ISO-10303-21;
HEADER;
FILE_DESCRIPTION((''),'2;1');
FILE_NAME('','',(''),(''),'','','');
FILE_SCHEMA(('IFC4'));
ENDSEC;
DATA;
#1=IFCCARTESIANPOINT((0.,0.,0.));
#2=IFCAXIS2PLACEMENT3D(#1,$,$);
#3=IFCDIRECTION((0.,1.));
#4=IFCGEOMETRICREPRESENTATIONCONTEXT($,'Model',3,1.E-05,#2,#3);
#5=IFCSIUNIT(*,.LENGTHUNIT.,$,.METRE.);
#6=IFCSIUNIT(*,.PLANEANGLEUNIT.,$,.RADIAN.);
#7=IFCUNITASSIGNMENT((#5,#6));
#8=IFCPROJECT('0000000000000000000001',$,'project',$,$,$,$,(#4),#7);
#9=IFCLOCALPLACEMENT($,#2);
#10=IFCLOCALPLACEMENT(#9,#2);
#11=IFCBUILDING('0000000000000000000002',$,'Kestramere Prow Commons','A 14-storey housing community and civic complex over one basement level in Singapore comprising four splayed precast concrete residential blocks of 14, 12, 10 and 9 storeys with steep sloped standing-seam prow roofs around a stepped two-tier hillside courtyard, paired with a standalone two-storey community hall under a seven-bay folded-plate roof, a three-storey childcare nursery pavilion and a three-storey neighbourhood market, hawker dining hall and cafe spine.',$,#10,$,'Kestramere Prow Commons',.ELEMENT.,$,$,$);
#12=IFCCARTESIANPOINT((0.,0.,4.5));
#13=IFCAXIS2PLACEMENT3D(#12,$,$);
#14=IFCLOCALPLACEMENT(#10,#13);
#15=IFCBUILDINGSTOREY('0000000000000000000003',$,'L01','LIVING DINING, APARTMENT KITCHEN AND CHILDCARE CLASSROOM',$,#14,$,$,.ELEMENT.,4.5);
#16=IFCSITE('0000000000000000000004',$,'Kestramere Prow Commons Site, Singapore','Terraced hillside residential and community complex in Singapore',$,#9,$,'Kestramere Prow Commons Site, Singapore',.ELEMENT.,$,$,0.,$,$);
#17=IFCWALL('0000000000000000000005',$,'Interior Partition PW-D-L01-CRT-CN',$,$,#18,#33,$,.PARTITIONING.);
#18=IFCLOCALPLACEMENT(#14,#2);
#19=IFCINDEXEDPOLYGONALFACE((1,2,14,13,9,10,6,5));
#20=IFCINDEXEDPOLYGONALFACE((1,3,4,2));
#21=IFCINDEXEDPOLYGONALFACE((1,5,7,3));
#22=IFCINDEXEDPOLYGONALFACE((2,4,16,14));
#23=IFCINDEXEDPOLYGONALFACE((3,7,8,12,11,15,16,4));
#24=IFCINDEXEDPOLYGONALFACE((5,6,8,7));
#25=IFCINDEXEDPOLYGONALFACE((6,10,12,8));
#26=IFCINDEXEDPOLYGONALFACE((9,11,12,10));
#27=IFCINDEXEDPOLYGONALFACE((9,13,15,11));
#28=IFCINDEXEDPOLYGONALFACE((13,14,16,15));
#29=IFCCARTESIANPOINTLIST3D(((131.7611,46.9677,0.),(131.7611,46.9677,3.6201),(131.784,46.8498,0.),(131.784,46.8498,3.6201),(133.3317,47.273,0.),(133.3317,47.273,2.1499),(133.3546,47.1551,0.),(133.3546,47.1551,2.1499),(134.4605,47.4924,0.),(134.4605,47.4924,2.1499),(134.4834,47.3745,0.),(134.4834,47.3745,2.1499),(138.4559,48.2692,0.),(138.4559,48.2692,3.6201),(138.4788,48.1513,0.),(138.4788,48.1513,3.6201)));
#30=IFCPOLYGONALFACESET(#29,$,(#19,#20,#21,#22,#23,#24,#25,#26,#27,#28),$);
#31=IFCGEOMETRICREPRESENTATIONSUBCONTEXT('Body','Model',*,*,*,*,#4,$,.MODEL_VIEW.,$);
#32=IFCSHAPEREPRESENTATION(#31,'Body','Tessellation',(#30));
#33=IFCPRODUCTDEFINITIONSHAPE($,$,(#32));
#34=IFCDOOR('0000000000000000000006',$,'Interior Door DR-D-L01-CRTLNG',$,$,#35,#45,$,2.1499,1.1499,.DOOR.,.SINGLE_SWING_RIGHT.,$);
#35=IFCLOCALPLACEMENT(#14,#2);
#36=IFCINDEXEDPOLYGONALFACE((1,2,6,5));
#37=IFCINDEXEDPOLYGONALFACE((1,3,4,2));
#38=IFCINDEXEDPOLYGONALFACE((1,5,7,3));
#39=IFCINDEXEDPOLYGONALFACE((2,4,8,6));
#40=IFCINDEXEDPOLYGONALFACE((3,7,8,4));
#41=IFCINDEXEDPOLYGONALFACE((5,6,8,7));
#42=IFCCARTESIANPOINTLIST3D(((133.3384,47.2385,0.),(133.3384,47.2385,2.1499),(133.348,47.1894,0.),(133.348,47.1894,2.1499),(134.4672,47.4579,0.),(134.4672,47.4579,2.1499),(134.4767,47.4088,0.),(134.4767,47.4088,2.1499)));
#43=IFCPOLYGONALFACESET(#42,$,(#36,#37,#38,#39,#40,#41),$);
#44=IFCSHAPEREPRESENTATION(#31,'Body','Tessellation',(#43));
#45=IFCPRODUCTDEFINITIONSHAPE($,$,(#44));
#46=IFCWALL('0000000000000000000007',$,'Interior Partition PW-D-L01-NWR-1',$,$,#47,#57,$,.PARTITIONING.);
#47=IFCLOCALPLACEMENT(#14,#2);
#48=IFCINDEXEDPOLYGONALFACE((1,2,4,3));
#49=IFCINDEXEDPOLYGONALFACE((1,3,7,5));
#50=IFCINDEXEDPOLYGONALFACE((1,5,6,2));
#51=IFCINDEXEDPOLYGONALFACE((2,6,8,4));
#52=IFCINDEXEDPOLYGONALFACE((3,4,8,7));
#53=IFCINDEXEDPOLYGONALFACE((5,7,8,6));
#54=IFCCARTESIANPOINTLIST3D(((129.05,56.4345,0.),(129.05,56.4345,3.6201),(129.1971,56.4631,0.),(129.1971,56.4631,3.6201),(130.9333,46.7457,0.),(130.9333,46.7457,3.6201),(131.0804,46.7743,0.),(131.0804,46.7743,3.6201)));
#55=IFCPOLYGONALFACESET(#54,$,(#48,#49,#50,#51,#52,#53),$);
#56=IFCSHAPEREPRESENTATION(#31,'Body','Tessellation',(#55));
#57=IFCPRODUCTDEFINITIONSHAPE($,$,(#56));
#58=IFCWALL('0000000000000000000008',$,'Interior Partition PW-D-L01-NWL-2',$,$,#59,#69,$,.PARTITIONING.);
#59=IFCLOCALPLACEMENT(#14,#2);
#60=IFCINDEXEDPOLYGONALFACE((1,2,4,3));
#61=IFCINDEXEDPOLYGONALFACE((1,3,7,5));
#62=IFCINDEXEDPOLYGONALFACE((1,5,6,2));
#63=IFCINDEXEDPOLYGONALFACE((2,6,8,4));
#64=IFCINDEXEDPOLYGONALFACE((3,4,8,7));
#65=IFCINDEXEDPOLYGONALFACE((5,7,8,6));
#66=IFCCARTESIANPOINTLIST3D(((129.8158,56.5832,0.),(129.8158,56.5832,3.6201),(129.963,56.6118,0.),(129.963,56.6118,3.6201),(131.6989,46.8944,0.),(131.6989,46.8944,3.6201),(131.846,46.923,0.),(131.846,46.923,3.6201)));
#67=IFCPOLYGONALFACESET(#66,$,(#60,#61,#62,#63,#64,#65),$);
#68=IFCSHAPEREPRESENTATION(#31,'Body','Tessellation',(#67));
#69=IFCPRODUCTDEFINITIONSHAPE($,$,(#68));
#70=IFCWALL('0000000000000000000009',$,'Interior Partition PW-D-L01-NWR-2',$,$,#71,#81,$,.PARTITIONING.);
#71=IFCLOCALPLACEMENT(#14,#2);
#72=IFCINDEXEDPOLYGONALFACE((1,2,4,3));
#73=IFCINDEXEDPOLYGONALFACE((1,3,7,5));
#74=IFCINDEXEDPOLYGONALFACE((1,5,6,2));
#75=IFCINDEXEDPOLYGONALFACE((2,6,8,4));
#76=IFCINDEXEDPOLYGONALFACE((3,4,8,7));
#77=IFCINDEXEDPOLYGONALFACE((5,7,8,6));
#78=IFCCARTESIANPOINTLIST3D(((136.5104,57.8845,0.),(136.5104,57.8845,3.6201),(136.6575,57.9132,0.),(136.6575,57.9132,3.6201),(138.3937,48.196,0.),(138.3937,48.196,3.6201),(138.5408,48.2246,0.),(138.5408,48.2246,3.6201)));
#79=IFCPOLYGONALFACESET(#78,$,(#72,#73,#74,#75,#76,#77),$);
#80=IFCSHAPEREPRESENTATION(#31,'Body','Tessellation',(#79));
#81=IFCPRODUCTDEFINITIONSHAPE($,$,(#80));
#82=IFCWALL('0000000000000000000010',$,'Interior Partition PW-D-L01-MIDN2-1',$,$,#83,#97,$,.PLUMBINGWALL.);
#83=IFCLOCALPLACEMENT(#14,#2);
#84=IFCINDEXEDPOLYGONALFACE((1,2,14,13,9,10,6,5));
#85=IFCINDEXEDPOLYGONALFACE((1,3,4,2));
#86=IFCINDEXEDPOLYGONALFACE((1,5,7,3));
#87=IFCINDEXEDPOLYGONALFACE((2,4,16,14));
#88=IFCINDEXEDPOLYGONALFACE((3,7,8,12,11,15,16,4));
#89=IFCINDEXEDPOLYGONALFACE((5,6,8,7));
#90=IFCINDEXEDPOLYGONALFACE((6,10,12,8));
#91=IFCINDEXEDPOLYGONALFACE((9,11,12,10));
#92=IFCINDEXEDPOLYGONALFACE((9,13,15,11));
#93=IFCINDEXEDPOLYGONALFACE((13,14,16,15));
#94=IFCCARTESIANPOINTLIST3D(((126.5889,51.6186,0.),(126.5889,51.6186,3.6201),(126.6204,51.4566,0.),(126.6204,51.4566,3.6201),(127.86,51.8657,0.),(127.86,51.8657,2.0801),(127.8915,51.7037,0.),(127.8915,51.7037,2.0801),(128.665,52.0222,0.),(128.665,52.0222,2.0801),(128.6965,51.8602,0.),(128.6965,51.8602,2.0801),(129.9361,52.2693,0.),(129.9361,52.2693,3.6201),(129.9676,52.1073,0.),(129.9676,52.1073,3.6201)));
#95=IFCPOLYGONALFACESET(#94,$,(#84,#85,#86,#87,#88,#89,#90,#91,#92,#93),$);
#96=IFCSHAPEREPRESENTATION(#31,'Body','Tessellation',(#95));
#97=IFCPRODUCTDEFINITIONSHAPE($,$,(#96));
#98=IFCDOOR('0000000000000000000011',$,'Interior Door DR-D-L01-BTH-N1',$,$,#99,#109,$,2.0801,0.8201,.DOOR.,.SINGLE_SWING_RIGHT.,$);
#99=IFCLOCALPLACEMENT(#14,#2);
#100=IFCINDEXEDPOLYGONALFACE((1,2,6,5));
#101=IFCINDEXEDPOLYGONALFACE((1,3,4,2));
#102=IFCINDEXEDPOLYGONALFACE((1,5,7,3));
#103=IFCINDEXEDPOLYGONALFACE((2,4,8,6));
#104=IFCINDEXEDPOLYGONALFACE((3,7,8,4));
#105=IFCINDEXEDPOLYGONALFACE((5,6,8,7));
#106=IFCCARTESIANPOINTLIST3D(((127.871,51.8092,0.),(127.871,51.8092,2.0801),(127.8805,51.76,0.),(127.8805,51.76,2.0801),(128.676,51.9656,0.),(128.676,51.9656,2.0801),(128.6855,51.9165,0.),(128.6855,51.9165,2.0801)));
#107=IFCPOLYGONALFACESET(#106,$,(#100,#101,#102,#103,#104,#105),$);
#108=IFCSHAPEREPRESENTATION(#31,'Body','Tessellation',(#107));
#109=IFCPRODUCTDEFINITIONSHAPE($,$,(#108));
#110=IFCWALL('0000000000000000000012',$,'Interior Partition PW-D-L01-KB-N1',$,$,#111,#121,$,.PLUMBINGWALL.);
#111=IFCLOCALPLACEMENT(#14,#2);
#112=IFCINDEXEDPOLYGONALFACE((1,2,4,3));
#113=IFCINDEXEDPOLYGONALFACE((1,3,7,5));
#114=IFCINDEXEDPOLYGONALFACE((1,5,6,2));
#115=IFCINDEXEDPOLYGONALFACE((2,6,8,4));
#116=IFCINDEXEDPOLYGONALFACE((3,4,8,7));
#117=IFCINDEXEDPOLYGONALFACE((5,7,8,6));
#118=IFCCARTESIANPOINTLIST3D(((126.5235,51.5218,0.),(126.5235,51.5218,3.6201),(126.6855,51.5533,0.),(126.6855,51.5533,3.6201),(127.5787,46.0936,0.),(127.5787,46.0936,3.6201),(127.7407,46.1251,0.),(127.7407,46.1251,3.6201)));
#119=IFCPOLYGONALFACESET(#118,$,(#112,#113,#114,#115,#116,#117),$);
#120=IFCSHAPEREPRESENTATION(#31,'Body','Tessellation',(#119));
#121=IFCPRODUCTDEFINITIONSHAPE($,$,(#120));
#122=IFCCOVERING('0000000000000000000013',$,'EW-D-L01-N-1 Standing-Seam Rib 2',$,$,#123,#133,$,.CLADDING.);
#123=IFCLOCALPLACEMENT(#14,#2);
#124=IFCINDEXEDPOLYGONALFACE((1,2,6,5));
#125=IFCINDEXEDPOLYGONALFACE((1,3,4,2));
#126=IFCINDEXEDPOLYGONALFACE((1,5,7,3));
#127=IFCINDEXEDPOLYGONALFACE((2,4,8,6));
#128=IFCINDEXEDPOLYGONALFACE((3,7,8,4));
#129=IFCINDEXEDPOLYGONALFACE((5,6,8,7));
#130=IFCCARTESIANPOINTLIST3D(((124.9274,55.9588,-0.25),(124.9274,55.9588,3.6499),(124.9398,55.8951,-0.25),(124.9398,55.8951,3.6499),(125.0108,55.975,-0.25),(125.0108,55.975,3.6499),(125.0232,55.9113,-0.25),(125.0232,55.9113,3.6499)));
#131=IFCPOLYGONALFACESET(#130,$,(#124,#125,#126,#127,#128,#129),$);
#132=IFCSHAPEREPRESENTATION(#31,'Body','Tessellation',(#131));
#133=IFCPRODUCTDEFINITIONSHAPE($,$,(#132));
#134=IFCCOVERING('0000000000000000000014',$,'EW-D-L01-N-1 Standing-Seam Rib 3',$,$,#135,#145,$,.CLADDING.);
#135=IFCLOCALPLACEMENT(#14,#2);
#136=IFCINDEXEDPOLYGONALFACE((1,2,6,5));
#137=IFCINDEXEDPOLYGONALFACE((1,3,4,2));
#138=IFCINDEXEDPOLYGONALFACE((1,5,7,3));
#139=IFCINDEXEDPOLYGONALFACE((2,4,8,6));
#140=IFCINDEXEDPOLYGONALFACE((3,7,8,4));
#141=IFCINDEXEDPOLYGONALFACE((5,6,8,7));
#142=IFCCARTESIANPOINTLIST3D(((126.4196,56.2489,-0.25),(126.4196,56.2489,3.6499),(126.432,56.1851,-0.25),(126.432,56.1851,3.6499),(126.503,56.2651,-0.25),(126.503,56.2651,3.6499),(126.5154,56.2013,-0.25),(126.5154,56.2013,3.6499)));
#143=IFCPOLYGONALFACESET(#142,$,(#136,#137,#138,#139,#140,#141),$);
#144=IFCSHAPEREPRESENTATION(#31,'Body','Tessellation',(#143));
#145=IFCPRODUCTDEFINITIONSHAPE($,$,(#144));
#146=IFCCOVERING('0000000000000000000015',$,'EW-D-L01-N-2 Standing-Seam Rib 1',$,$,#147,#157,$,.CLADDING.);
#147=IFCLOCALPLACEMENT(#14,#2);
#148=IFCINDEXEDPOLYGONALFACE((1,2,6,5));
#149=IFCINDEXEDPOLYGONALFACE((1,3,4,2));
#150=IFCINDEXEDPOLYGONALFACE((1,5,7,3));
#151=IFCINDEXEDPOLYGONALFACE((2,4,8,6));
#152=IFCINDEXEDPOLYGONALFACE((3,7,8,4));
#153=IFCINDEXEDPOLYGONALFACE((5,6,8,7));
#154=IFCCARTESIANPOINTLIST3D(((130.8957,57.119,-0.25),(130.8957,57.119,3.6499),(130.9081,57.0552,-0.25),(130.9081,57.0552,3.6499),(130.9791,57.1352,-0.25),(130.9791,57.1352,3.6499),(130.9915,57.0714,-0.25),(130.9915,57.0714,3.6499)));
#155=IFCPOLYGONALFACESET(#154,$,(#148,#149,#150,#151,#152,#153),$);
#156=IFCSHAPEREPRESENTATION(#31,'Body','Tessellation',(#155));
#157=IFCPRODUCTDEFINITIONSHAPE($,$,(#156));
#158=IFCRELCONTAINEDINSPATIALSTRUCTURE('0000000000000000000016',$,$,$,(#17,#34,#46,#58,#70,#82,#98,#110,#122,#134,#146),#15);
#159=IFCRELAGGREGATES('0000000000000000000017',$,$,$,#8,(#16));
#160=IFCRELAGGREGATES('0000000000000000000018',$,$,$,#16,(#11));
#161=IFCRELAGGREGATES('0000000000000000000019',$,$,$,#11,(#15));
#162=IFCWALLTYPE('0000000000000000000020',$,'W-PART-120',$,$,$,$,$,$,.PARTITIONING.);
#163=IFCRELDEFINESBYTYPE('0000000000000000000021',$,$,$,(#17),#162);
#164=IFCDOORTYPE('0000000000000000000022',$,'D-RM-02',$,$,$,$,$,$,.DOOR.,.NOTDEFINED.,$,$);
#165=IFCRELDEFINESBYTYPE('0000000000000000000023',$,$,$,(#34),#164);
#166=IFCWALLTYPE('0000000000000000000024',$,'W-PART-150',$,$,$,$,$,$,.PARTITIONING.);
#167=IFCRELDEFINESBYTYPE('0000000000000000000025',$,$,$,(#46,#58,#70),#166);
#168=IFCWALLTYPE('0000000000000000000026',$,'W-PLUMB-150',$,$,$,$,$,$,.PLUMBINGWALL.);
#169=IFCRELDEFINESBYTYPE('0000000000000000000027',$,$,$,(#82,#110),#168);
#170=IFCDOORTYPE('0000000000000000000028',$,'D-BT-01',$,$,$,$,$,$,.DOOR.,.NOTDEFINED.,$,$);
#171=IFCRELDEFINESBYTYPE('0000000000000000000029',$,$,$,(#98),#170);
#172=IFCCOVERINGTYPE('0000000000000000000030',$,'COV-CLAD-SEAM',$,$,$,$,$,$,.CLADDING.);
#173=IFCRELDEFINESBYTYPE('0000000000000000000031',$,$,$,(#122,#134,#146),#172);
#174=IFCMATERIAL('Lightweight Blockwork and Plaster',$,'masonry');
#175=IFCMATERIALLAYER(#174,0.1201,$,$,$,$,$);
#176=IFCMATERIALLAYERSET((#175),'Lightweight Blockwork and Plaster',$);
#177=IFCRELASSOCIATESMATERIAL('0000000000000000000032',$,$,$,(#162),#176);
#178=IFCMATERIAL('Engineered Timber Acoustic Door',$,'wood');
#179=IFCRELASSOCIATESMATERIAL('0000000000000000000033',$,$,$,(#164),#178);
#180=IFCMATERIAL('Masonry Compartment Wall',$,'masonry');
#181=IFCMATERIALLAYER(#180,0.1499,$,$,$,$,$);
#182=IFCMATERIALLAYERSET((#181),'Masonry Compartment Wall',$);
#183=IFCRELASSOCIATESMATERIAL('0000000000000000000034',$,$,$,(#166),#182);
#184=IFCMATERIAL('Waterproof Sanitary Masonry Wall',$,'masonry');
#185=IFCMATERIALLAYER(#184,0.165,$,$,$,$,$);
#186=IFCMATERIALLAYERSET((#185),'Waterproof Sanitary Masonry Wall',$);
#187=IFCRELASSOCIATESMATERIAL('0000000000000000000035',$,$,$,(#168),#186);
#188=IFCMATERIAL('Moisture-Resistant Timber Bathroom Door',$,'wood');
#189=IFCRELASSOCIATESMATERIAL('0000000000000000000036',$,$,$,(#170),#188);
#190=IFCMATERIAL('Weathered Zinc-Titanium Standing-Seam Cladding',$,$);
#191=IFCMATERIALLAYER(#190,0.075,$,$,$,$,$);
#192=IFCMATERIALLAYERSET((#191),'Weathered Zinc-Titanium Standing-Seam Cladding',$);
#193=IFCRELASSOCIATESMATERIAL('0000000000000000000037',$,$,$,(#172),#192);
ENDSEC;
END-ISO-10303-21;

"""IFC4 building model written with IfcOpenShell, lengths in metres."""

from ifc_helpers import new_model, si_unit, direction, frame, frame_2d, origin, origin_2d, place, context, subcontext, project, spatial, rectangle, extrude, material, layer, layer_set, type_object, element, fill, save


model = new_model("IFC4")

# Units and contexts
model_context = context("Model", 3, precision=1e-05, world=origin(), true_north=direction((0.0, 1.0)))
body_context = subcontext(model_context, "Body", "Model", "MODEL_VIEW")
ifc_project = project(units=[si_unit("LENGTHUNIT", "METRE"), si_unit("PLANEANGLEUNIT", "RADIAN")], contexts=[model_context])

# Site, building, storey
site_placement = place(None, origin())
site = spatial("IfcSite", under=ifc_project, at=site_placement, Name="Kestramere Prow Commons Site, Singapore", Description="Terraced hillside residential and community complex in Singapore", LongName="Kestramere Prow Commons Site, Singapore", CompositionType="ELEMENT", RefElevation=0.0)
building_placement = place(site_placement, origin())
building = spatial("IfcBuilding", under=site, at=building_placement, Name="Kestramere Prow Commons", Description="A 14-storey housing community and civic complex over one basement level in Singapore comprising four splayed precast concrete residential blocks of 14, 12, 10 and 9 storeys with steep sloped standing-seam prow roofs around a stepped two-tier hillside courtyard, paired with a standalone two-storey community hall under a seven-bay folded-plate roof, a three-storey childcare nursery pavilion and a three-storey neighbourhood market, hawker dining hall and cafe spine.", LongName="Kestramere Prow Commons", CompositionType="ELEMENT")
storey_placement = place(building_placement, frame((0.0, 0.0, 4.5)))
storey = spatial("IfcBuildingStorey", under=building, at=storey_placement, Name="L01", Description="LIVING DINING, APARTMENT KITCHEN AND CHILDCARE CLASSROOM", CompositionType="ELEMENT", Elevation=4.5)

# Wall, opening, door
ifc_material_1 = material(Name="Lightweight Blockwork and Plaster", Category="masonry")
ifc_layer_1 = layer(ifc_material_1, 0.1201)
ifc_layer_set_1 = layer_set([ifc_layer_1], Name="Lightweight Blockwork and Plaster")
wall_type_1 = type_object("IfcWallType", Name="W-PART-120", PredefinedType="PARTITIONING", material=ifc_layer_set_1)
wall_1_placement = place(storey_placement, frame((131.7725, 46.9087, 0.0), z_axis=(0.0, 0.0, 1.0), x_axis=(0.981622, 0.190833, 0.0)))
wall_1 = element("IfcWall", 1, at=wall_1_placement, inside=storey, type_object=wall_type_1, Name="Interior Partition PW-D-L01-CRT-CN", PredefinedType="PARTITIONING", context=body_context, shape_type="SweptSolid", body=[
    extrude(rectangle(XDim=6.8201, YDim=0.1201, at=frame_2d((3.4102, 0.0))), origin(), (0.0, 0.0, 1.0), 3.6201),
])
opening_1_placement = place(wall_1_placement, frame((1.6001, 0.0, 0.0)))
opening_1 = element("IfcOpeningElement", 2, at=opening_1_placement, cuts=wall_1, PredefinedType="OPENING", context=body_context, shape_type="SweptSolid", body=[
    extrude(rectangle(XDim=1.1499, YDim=2.1499, at=frame_2d((0.575, 1.075))), frame((0.0, 0.075, 0.0), z_axis=(0.0, -1.0, 0.0), x_axis=(1.0, 0.0, 0.0)), (0.0, 0.0, 1.0), 0.1501),
])
ifc_material_2 = material(Name="Engineered Timber Acoustic Door", Category="wood")
door_type_1 = type_object("IfcDoorType", Name="D-RM-02", OperationType="NOTDEFINED", PredefinedType="DOOR", material=ifc_material_2)
door_1_placement = place(opening_1_placement, origin())
door_1 = element("IfcDoor", 3, at=door_1_placement, inside=storey, type_object=door_type_1, Name="Interior Door DR-D-L01-CRTLNG", OperationType="SINGLE_SWING_RIGHT", OverallHeight=2.1499, OverallWidth=1.1499, PredefinedType="DOOR", context=body_context, shape_type="SweptSolid", body=[
    extrude(rectangle(XDim=1.1499, YDim=2.1499, at=frame_2d((0.575, 1.075))), frame((0.0, 0.0249, 0.0), z_axis=(0.0, -1.0, 0.0), x_axis=(1.0, 0.0, 0.0)), (0.0, 0.0, 1.0), 0.05),
])
fill(opening_1, door_1)

# Walls
ifc_material_3 = material(Name="Masonry Compartment Wall", Category="masonry")
ifc_layer_2 = layer(ifc_material_3, 0.1499)
ifc_layer_set_2 = layer_set([ifc_layer_2], Name="Masonry Compartment Wall")
wall_type_2 = type_object("IfcWallType", Name="W-PART-150", PredefinedType="PARTITIONING", material=ifc_layer_set_2)
for number, where, z_axis, x_axis, name in (
    (4, (131.0068, 46.76, 0.0), (0.0, 0.0, 1.0), (-0.190809, 0.981627, 0.0), "Interior Partition PW-D-L01-NWR-1"),
    (5, (131.7725, 46.9087, 0.0), (0.0, 0.0, 1.0), (-0.190786, 0.981632, 0.0), "Interior Partition PW-D-L01-NWL-2"),
):
    element("IfcWall", number, at=place(storey_placement, frame(where, z_axis=z_axis, x_axis=x_axis)), inside=storey, type_object=wall_type_2, Name=name, PredefinedType="PARTITIONING", context=body_context, shape_type="SweptSolid", body=[
        extrude(rectangle(XDim=9.8701, YDim=0.1499, at=frame_2d((4.9351, 0.0))), origin(), (0.0, 0.0, 1.0), 3.6201),
    ])
wall_2_placement = place(storey_placement, frame((138.4673, 48.2102, 0.0), z_axis=(0.0, 0.0, 1.0), x_axis=(-0.190814, 0.981626, 0.0)))
element("IfcWall", 6, at=wall_2_placement, inside=storey, type_object=wall_type_2, Name="Interior Partition PW-D-L01-NWR-2", PredefinedType="PARTITIONING", context=body_context, shape_type="SweptSolid", body=[
    extrude(rectangle(XDim=9.8699, YDim=0.1499, at=frame_2d((4.9351, 0.0))), origin(), (0.0, 0.0, 1.0), 3.6201),
])

# Wall, opening, door
ifc_material_4 = material(Name="Waterproof Sanitary Masonry Wall", Category="masonry")
ifc_layer_3 = layer(ifc_material_4, 0.165)
ifc_layer_set_3 = layer_set([ifc_layer_3], Name="Waterproof Sanitary Masonry Wall")
wall_type_3 = type_object("IfcWallType", Name="W-PLUMB-150", PredefinedType="PLUMBINGWALL", material=ifc_layer_set_3)
wall_3_placement = place(storey_placement, frame((126.6045, 51.5376, 0.0), z_axis=(0.0, 0.0, 1.0), x_axis=(0.981627, 0.190812, 0.0)))
wall_3 = element("IfcWall", 7, at=wall_3_placement, inside=storey, type_object=wall_type_3, Name="Interior Partition PW-D-L01-MIDN2-1", PredefinedType="PLUMBINGWALL", context=body_context, shape_type="SweptSolid", body=[
    extrude(rectangle(XDim=3.4099, YDim=0.165, at=frame_2d((1.7051, 0.0))), origin(), (0.0, 0.0, 1.0), 3.6201),
])
opening_2_placement = place(wall_3_placement, frame((1.2949, 0.0, 0.0)))
opening_2 = element("IfcOpeningElement", 8, at=opening_2_placement, cuts=wall_3, PredefinedType="OPENING", context=body_context, shape_type="SweptSolid", body=[
    extrude(rectangle(XDim=0.8201, YDim=2.0801, at=frame_2d((0.4102, 1.04))), frame((0.0, 0.0974, 0.0), z_axis=(0.0, -1.0, 0.0), x_axis=(1.0, 0.0, 0.0)), (0.0, 0.0, 1.0), 0.1951),
])
ifc_material_5 = material(Name="Moisture-Resistant Timber Bathroom Door", Category="wood")
door_type_2 = type_object("IfcDoorType", Name="D-BT-01", OperationType="NOTDEFINED", PredefinedType="DOOR", material=ifc_material_5)
door_2_placement = place(opening_2_placement, origin())
door_2 = element("IfcDoor", 9, at=door_2_placement, inside=storey, type_object=door_type_2, Name="Interior Door DR-D-L01-BTH-N1", OperationType="SINGLE_SWING_RIGHT", OverallHeight=2.0801, OverallWidth=0.8201, PredefinedType="DOOR", context=body_context, shape_type="SweptSolid", body=[
    extrude(rectangle(XDim=0.8201, YDim=2.0801, at=frame_2d((0.4102, 1.04))), frame((0.0, 0.0249, 0.0), z_axis=(0.0, -1.0, 0.0), x_axis=(1.0, 0.0, 0.0)), (0.0, 0.0, 1.0), 0.05),
])
fill(opening_2, door_2)

# Wall
wall_4_placement = place(storey_placement, frame((127.6597, 46.1094, 0.0), z_axis=(0.0, 0.0, 1.0), x_axis=(-0.190815, 0.981626, 0.0)))
element("IfcWall", 10, at=wall_4_placement, inside=storey, type_object=wall_type_3, Name="Interior Partition PW-D-L01-KB-N1", PredefinedType="PLUMBINGWALL", context=body_context, shape_type="SweptSolid", body=[
    extrude(rectangle(XDim=5.5298, YDim=0.165, at=frame_2d((2.7649, 0.0))), origin(), (0.0, 0.0, 1.0), 3.6201),
])

# Coverings
ifc_material_6 = material(Name="Weathered Zinc-Titanium Standing-Seam Cladding")
ifc_layer_4 = layer(ifc_material_6, 0.075)
ifc_layer_set_4 = layer_set([ifc_layer_4], Name="Weathered Zinc-Titanium Standing-Seam Cladding")
covering_type = type_object("IfcCoveringType", Name="COV-CLAD-SEAM", PredefinedType="CLADDING", material=ifc_layer_set_4)
for number, where, z_axis, x_axis, name in (
    (11, (124.9753, 55.9351, -0.25), (0.0, 0.0, 1.0), (0.981627, 0.190809, 0.0), "EW-D-L01-N-1 Standing-Seam Rib 2"),
    (12, (126.4675, 56.2251, -0.25), (0.0, 0.0, 1.0), (0.981627, 0.190809, 0.0), "EW-D-L01-N-1 Standing-Seam Rib 3"),
    (13, (130.9436, 57.0952, -0.25), (0.0, 0.0, 1.0), (0.981627, 0.190809, 0.0), "EW-D-L01-N-2 Standing-Seam Rib 1"),
):
    element("IfcCovering", number, at=place(storey_placement, frame(where, z_axis=z_axis, x_axis=x_axis)), inside=storey, type_object=covering_type, Name=name, PredefinedType="CLADDING", context=body_context, shape_type="SweptSolid", body=[
        extrude(rectangle(XDim=0.085, YDim=0.0649, at=origin_2d()), origin(), (0.0, 0.0, 1.0), 3.8999),
    ])

save(model, "model.ifc")
